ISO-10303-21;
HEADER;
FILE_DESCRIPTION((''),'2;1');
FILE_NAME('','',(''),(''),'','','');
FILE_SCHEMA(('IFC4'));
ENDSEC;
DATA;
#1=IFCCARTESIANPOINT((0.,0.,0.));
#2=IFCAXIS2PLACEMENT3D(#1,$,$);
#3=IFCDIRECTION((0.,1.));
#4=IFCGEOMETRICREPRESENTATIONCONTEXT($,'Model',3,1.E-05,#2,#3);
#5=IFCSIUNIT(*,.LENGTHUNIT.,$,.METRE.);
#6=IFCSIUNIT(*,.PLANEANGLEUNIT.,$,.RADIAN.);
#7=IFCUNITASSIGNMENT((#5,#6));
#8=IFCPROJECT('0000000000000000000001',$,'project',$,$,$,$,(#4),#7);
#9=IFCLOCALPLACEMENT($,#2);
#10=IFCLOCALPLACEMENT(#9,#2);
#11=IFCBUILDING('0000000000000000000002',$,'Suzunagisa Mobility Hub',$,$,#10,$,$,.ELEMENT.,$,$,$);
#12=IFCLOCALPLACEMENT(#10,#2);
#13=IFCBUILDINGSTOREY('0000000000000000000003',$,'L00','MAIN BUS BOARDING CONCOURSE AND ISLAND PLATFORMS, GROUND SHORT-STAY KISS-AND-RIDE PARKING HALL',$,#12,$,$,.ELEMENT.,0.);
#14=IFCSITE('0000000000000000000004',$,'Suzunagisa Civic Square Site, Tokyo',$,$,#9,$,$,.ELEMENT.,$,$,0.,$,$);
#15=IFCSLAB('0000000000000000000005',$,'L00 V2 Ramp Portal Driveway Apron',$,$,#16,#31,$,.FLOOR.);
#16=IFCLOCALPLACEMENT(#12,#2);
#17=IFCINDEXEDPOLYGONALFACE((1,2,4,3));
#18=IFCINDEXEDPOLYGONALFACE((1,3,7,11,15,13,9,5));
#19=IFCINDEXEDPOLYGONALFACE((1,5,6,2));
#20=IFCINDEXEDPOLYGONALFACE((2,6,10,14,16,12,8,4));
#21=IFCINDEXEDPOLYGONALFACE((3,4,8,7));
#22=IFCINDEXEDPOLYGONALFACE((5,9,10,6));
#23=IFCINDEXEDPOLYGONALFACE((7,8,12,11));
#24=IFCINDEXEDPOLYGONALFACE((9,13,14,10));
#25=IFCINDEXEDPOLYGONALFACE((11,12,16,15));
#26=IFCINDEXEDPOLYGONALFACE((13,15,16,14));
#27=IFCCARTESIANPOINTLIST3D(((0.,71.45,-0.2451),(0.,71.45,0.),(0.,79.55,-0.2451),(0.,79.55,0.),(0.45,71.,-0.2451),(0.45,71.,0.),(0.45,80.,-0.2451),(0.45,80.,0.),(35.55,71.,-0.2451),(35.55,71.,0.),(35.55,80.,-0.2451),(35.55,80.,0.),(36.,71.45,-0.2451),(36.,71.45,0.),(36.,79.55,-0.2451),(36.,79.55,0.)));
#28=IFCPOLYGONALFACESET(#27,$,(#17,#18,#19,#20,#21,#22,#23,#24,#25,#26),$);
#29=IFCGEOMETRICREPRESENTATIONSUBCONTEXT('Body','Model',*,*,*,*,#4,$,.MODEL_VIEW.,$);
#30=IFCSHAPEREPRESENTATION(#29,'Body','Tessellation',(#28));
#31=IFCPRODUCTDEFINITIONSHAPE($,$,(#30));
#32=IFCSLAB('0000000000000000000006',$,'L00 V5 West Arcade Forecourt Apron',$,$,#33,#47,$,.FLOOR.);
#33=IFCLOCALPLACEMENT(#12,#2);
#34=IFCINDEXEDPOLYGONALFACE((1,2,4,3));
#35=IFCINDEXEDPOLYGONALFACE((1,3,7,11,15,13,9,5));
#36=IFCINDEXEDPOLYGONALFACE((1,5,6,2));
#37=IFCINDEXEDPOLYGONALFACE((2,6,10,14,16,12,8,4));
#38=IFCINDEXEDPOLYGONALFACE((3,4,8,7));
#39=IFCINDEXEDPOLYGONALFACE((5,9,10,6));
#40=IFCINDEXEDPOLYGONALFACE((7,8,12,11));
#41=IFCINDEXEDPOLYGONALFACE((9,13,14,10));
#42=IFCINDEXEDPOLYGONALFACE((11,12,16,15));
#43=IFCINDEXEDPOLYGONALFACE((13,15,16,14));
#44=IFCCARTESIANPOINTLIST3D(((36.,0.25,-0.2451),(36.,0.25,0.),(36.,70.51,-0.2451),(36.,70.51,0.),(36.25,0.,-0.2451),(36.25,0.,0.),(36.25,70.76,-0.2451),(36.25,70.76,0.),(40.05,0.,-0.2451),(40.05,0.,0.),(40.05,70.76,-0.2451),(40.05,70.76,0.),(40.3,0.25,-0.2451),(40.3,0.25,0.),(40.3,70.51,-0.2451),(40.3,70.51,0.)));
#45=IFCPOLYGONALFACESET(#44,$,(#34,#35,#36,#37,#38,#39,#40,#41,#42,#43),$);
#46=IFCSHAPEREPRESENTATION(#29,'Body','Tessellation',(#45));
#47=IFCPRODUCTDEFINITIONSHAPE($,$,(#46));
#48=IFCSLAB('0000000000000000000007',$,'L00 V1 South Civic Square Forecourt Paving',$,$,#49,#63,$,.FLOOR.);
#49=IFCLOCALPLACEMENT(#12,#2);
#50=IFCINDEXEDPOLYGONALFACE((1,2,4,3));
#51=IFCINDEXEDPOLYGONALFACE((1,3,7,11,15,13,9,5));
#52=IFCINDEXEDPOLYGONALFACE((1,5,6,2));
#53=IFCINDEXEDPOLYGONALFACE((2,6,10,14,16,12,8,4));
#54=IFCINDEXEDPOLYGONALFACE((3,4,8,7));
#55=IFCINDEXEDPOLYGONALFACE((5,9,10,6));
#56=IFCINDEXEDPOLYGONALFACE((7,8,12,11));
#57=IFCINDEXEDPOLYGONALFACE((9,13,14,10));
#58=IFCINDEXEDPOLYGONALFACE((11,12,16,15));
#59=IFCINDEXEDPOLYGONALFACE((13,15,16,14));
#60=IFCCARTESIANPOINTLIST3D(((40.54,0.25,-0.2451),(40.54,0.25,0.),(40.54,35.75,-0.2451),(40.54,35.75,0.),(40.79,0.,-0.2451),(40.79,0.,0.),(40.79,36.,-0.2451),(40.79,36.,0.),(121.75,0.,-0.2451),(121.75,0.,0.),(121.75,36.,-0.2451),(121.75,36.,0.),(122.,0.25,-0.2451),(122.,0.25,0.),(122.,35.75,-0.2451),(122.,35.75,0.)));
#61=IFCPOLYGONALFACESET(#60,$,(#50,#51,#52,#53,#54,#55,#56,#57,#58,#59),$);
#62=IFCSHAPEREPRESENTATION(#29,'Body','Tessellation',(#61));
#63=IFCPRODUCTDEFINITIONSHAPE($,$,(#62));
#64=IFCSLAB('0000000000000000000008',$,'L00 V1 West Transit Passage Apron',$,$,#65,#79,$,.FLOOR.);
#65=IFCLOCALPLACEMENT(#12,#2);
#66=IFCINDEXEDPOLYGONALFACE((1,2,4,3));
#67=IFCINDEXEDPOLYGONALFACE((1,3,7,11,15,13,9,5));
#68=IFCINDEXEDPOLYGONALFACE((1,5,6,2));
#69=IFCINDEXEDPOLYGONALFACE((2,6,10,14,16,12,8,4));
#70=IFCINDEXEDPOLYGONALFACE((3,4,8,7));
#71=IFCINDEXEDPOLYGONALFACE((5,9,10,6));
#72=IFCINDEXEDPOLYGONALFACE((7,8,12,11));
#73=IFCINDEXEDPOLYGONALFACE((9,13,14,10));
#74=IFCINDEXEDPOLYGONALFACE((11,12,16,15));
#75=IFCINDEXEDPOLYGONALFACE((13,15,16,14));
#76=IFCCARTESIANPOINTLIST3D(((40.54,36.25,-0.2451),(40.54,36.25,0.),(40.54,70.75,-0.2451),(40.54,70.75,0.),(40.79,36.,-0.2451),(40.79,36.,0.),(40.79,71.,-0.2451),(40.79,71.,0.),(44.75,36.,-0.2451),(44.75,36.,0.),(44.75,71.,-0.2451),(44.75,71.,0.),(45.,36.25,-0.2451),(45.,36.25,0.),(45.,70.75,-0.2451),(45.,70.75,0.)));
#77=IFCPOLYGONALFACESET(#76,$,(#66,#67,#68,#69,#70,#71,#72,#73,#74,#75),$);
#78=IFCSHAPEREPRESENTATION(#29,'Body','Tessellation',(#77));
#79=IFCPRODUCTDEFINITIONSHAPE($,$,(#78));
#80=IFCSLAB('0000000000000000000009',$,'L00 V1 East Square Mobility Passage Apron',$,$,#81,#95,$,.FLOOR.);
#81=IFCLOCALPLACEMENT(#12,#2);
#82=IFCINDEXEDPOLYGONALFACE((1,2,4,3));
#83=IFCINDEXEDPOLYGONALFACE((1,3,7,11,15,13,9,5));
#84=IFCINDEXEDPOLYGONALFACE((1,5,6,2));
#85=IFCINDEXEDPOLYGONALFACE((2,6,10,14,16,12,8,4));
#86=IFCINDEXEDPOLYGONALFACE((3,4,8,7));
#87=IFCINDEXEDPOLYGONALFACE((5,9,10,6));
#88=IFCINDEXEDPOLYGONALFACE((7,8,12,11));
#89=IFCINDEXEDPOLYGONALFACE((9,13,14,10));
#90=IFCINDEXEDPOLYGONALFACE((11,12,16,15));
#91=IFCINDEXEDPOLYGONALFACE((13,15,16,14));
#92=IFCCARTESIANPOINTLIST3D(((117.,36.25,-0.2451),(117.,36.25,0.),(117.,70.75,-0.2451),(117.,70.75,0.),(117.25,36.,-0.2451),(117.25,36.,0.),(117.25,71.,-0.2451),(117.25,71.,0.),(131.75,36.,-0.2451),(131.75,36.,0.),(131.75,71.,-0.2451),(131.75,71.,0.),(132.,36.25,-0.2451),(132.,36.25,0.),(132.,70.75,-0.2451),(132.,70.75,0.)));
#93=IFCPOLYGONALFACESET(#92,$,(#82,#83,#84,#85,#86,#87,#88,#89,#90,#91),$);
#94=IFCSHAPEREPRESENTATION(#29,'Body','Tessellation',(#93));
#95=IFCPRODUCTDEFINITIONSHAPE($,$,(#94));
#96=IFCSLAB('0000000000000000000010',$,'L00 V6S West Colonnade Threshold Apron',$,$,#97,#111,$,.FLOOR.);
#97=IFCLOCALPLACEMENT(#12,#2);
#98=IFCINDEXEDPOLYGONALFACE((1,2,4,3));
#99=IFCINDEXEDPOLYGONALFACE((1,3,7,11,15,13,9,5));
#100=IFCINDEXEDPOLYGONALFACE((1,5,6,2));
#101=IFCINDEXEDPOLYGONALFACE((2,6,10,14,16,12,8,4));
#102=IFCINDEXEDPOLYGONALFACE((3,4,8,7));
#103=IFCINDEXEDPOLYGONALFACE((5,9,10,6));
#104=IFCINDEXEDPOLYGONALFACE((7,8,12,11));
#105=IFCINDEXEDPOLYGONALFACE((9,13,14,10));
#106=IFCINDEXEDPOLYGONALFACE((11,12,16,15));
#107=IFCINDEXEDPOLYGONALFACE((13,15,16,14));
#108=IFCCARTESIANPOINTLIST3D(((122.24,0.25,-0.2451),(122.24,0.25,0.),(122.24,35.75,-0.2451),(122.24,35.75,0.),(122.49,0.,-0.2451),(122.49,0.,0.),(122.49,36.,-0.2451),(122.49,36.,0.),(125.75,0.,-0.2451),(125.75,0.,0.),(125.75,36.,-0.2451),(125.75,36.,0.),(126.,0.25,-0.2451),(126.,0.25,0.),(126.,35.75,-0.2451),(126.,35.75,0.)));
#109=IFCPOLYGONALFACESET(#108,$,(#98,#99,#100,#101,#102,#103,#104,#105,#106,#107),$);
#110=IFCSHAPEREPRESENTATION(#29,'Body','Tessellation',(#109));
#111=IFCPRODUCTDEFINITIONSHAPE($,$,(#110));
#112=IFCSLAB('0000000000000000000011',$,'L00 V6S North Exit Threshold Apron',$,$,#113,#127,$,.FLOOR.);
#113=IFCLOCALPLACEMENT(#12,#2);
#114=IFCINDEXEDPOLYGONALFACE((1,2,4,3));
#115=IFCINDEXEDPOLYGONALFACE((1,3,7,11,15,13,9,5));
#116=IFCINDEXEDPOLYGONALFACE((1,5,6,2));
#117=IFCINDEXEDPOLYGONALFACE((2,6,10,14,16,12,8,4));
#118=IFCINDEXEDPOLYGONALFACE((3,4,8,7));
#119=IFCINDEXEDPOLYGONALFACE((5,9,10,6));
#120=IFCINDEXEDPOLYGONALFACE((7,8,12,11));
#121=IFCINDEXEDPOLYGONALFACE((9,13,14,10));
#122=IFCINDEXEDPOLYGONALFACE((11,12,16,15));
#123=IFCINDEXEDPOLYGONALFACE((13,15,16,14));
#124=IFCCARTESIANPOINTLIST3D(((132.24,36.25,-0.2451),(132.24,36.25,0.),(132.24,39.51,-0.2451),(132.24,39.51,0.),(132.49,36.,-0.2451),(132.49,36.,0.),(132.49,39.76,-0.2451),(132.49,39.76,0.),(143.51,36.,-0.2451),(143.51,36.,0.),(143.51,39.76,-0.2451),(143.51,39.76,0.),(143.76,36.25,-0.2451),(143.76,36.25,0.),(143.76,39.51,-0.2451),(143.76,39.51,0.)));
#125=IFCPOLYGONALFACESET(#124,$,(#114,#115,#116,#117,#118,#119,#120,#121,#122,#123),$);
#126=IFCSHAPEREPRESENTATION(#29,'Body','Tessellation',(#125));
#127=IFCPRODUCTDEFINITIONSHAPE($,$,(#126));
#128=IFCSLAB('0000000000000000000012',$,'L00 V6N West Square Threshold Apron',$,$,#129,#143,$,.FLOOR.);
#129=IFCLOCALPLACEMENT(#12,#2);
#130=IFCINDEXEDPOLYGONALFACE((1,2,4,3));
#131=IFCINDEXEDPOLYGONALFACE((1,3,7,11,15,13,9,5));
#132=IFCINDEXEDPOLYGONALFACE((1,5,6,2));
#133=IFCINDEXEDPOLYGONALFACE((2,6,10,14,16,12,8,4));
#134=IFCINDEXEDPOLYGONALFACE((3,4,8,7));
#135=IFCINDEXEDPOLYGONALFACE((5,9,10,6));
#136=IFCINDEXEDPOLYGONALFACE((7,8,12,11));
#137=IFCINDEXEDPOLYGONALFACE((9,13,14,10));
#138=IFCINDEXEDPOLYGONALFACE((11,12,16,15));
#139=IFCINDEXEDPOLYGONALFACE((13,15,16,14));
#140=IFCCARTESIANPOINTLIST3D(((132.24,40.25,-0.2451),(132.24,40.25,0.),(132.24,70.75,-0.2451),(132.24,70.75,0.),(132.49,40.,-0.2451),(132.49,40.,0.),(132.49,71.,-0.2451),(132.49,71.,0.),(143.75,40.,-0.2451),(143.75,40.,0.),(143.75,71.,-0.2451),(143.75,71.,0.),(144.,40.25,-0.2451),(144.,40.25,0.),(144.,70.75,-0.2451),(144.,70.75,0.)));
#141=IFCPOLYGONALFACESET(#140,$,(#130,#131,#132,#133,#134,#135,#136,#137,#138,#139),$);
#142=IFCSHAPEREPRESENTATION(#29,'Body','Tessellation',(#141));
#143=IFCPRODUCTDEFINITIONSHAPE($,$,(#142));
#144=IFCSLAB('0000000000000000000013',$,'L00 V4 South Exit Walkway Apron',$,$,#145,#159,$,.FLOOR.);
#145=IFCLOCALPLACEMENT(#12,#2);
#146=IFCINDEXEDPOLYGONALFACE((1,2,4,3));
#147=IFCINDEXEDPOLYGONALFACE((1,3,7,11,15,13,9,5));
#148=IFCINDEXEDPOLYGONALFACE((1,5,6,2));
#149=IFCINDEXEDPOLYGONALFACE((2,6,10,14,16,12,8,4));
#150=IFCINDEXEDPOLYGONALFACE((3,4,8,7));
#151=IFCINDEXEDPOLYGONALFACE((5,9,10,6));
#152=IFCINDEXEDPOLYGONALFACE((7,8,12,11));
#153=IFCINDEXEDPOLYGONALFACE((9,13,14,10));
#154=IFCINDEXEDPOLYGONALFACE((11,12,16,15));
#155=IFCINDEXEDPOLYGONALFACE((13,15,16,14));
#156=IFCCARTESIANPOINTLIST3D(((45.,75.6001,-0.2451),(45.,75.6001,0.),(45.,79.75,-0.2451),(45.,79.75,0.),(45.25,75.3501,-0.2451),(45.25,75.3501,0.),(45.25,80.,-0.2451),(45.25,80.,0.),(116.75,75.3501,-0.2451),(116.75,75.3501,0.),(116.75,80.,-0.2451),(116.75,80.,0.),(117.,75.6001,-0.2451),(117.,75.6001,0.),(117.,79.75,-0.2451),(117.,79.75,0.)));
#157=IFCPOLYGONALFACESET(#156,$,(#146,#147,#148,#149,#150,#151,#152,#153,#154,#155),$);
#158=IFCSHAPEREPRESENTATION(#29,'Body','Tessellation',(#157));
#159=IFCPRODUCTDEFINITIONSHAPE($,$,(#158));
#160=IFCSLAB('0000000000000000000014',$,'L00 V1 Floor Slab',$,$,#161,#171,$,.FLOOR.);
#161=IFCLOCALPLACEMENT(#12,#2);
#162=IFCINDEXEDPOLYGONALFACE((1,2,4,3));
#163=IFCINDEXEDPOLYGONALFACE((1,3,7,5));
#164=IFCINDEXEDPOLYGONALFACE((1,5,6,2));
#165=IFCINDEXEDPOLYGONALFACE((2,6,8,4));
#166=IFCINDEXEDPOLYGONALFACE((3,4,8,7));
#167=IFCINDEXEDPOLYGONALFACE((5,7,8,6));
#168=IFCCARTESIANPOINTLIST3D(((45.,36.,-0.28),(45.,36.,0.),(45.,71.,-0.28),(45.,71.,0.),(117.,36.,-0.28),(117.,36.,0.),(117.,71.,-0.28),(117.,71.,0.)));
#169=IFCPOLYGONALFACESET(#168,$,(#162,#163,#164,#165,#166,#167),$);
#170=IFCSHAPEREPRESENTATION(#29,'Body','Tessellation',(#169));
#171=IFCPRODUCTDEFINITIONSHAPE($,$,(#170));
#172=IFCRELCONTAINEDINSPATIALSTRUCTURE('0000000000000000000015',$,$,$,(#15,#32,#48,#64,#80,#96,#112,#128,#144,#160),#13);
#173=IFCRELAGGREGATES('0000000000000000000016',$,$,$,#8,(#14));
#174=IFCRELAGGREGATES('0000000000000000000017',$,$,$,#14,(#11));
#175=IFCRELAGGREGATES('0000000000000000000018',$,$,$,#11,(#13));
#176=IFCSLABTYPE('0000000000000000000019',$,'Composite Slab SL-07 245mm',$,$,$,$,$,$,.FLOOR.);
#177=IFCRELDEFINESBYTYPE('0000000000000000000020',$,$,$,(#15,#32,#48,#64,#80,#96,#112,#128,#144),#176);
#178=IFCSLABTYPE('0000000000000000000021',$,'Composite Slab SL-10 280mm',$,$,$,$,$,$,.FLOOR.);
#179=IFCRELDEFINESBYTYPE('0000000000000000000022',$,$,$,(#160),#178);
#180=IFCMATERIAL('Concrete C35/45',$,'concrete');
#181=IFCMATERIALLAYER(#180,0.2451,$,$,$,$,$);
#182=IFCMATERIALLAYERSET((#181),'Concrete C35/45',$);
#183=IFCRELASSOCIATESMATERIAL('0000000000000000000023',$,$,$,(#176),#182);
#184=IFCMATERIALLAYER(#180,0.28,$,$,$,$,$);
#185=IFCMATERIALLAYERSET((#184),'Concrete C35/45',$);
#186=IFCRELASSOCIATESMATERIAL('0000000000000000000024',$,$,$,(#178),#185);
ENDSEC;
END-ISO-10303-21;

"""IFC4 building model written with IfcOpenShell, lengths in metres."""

from ifc_helpers import new_model, si_unit, direction, frame, origin, place, context, subcontext, project, spatial, polyline, outline, extrude, material, layer, layer_set, type_object, element, save


model = new_model("IFC4")

# Units and contexts
model_context = context("Model", 3, precision=1e-05, world=origin(), true_north=direction((0.0, 1.0)))
body_context = subcontext(model_context, "Body", "Model", "MODEL_VIEW")
ifc_project = project(units=[si_unit("LENGTHUNIT", "METRE"), si_unit("PLANEANGLEUNIT", "RADIAN")], contexts=[model_context])

# Site, building, storey
site_placement = place(None, origin())
site = spatial("IfcSite", under=ifc_project, at=site_placement, Name="Suzunagisa Civic Square Site, Tokyo", CompositionType="ELEMENT", RefElevation=0.0)
building_placement = place(site_placement, origin())
building = spatial("IfcBuilding", under=site, at=building_placement, Name="Suzunagisa Mobility Hub", CompositionType="ELEMENT")
storey_placement = place(building_placement, origin())
storey = spatial("IfcBuildingStorey", under=building, at=storey_placement, Name="L00", Description="MAIN BUS BOARDING CONCOURSE AND ISLAND PLATFORMS, GROUND SHORT-STAY KISS-AND-RIDE PARKING HALL", CompositionType="ELEMENT", Elevation=0.0)

# Slabs
ifc_material = material(Name="Concrete C35/45", Category="concrete")
ifc_layer_1 = layer(ifc_material, 0.2451)
ifc_layer_set_1 = layer_set([ifc_layer_1], Name="Concrete C35/45")
slab_type_1 = type_object("IfcSlabType", Name="Composite Slab SL-07 245mm", PredefinedType="FLOOR", material=ifc_layer_set_1)
slab_1_placement = place(storey_placement, frame((0.0, 0.0, -0.2451)))
element("IfcSlab", 1, at=slab_1_placement, inside=storey, type_object=slab_type_1, Name="L00 V2 Ramp Portal Driveway Apron", PredefinedType="FLOOR", context=body_context, shape_type="SweptSolid", body=[
    extrude(outline(polyline([(0.45, 71.0), (35.55, 71.0), (36.0, 71.45), (36.0, 79.55), (35.55, 80.0), (0.45, 80.0), (0.0, 79.55), (0.0, 71.45), (0.45, 71.0)])), origin(), (0.0, 0.0, 1.0), 0.2451),
])
slab_2_placement = place(storey_placement, frame((0.0, 0.0, -0.2451)))
element("IfcSlab", 2, at=slab_2_placement, inside=storey, type_object=slab_type_1, Name="L00 V5 West Arcade Forecourt Apron", PredefinedType="FLOOR", context=body_context, shape_type="SweptSolid", body=[
    extrude(outline(polyline([(36.25, 0.0), (40.05, 0.0), (40.3, 0.25), (40.3, 70.51), (40.05, 70.76), (36.25, 70.76), (36.0, 70.51), (36.0, 0.25), (36.25, 0.0)])), origin(), (0.0, 0.0, 1.0), 0.2451),
])
slab_3_placement = place(storey_placement, frame((0.0, 0.0, -0.2451)))
element("IfcSlab", 3, at=slab_3_placement, inside=storey, type_object=slab_type_1, Name="L00 V1 South Civic Square Forecourt Paving", PredefinedType="FLOOR", context=body_context, shape_type="SweptSolid", body=[
    extrude(outline(polyline([(40.79, 0.0), (121.75, 0.0), (122.0, 0.25), (122.0, 35.75), (121.75, 36.0), (40.79, 36.0), (40.54, 35.75), (40.54, 0.25), (40.79, 0.0)])), origin(), (0.0, 0.0, 1.0), 0.2451),
])
slab_4_placement = place(storey_placement, frame((0.0, 0.0, -0.2451)))
element("IfcSlab", 4, at=slab_4_placement, inside=storey, type_object=slab_type_1, Name="L00 V1 West Transit Passage Apron", PredefinedType="FLOOR", context=body_context, shape_type="SweptSolid", body=[
    extrude(outline(polyline([(40.79, 36.0), (44.75, 36.0), (45.0, 36.25), (45.0, 70.75), (44.75, 71.0), (40.79, 71.0), (40.54, 70.75), (40.54, 36.25), (40.79, 36.0)])), origin(), (0.0, 0.0, 1.0), 0.2451),
])
slab_5_placement = place(storey_placement, frame((0.0, 0.0, -0.2451)))
element("IfcSlab", 5, at=slab_5_placement, inside=storey, type_object=slab_type_1, Name="L00 V1 East Square Mobility Passage Apron", PredefinedType="FLOOR", context=body_context, shape_type="SweptSolid", body=[
    extrude(outline(polyline([(117.25, 36.0), (131.75, 36.0), (132.0, 36.25), (132.0, 70.75), (131.75, 71.0), (117.25, 71.0), (117.0, 70.75), (117.0, 36.25), (117.25, 36.0)])), origin(), (0.0, 0.0, 1.0), 0.2451),
])
slab_6_placement = place(storey_placement, frame((0.0, 0.0, -0.2451)))
element("IfcSlab", 6, at=slab_6_placement, inside=storey, type_object=slab_type_1, Name="L00 V6S West Colonnade Threshold Apron", PredefinedType="FLOOR", context=body_context, shape_type="SweptSolid", body=[
    extrude(outline(polyline([(122.49, 0.0), (125.75, 0.0), (126.0, 0.25), (126.0, 35.75), (125.75, 36.0), (122.49, 36.0), (122.24, 35.75), (122.24, 0.25), (122.49, 0.0)])), origin(), (0.0, 0.0, 1.0), 0.2451),
])
slab_7_placement = place(storey_placement, frame((0.0, 0.0, -0.2451)))
element("IfcSlab", 7, at=slab_7_placement, inside=storey, type_object=slab_type_1, Name="L00 V6S North Exit Threshold Apron", PredefinedType="FLOOR", context=body_context, shape_type="SweptSolid", body=[
    extrude(outline(polyline([(132.49, 36.0), (143.51, 36.0), (143.76, 36.25), (143.76, 39.51), (143.51, 39.76), (132.49, 39.76), (132.24, 39.51), (132.24, 36.25), (132.49, 36.0)])), origin(), (0.0, 0.0, 1.0), 0.2451),
])
slab_8_placement = place(storey_placement, frame((0.0, 0.0, -0.2451)))
element("IfcSlab", 8, at=slab_8_placement, inside=storey, type_object=slab_type_1, Name="L00 V6N West Square Threshold Apron", PredefinedType="FLOOR", context=body_context, shape_type="SweptSolid", body=[
    extrude(outline(polyline([(132.49, 40.0), (143.75, 40.0), (144.0, 40.25), (144.0, 70.75), (143.75, 71.0), (132.49, 71.0), (132.24, 70.75), (132.24, 40.25), (132.49, 40.0)])), origin(), (0.0, 0.0, 1.0), 0.2451),
])
slab_9_placement = place(storey_placement, frame((0.0, 0.0, -0.2451)))
element("IfcSlab", 9, at=slab_9_placement, inside=storey, type_object=slab_type_1, Name="L00 V4 South Exit Walkway Apron", PredefinedType="FLOOR", context=body_context, shape_type="SweptSolid", body=[
    extrude(outline(polyline([(45.25, 75.3501), (116.75, 75.3501), (117.0, 75.6001), (117.0, 79.75), (116.75, 80.0), (45.25, 80.0), (45.0, 79.75), (45.0, 75.6001), (45.25, 75.3501)])), origin(), (0.0, 0.0, 1.0), 0.2451),
])
ifc_layer_2 = layer(ifc_material, 0.28)
ifc_layer_set_2 = layer_set([ifc_layer_2], Name="Concrete C35/45")
slab_type_2 = type_object("IfcSlabType", Name="Composite Slab SL-10 280mm", PredefinedType="FLOOR", material=ifc_layer_set_2)
slab_10_placement = place(storey_placement, frame((0.0, 0.0, -0.28)))
element("IfcSlab", 10, at=slab_10_placement, inside=storey, type_object=slab_type_2, Name="L00 V1 Floor Slab", PredefinedType="FLOOR", context=body_context, shape_type="SweptSolid", body=[
    extrude(outline(polyline([(45.0, 36.0), (117.0, 36.0), (117.0, 71.0), (45.0, 71.0), (45.0, 36.0)])), origin(), (0.0, 0.0, 1.0), 0.28),
])

save(model, "model.ifc")
